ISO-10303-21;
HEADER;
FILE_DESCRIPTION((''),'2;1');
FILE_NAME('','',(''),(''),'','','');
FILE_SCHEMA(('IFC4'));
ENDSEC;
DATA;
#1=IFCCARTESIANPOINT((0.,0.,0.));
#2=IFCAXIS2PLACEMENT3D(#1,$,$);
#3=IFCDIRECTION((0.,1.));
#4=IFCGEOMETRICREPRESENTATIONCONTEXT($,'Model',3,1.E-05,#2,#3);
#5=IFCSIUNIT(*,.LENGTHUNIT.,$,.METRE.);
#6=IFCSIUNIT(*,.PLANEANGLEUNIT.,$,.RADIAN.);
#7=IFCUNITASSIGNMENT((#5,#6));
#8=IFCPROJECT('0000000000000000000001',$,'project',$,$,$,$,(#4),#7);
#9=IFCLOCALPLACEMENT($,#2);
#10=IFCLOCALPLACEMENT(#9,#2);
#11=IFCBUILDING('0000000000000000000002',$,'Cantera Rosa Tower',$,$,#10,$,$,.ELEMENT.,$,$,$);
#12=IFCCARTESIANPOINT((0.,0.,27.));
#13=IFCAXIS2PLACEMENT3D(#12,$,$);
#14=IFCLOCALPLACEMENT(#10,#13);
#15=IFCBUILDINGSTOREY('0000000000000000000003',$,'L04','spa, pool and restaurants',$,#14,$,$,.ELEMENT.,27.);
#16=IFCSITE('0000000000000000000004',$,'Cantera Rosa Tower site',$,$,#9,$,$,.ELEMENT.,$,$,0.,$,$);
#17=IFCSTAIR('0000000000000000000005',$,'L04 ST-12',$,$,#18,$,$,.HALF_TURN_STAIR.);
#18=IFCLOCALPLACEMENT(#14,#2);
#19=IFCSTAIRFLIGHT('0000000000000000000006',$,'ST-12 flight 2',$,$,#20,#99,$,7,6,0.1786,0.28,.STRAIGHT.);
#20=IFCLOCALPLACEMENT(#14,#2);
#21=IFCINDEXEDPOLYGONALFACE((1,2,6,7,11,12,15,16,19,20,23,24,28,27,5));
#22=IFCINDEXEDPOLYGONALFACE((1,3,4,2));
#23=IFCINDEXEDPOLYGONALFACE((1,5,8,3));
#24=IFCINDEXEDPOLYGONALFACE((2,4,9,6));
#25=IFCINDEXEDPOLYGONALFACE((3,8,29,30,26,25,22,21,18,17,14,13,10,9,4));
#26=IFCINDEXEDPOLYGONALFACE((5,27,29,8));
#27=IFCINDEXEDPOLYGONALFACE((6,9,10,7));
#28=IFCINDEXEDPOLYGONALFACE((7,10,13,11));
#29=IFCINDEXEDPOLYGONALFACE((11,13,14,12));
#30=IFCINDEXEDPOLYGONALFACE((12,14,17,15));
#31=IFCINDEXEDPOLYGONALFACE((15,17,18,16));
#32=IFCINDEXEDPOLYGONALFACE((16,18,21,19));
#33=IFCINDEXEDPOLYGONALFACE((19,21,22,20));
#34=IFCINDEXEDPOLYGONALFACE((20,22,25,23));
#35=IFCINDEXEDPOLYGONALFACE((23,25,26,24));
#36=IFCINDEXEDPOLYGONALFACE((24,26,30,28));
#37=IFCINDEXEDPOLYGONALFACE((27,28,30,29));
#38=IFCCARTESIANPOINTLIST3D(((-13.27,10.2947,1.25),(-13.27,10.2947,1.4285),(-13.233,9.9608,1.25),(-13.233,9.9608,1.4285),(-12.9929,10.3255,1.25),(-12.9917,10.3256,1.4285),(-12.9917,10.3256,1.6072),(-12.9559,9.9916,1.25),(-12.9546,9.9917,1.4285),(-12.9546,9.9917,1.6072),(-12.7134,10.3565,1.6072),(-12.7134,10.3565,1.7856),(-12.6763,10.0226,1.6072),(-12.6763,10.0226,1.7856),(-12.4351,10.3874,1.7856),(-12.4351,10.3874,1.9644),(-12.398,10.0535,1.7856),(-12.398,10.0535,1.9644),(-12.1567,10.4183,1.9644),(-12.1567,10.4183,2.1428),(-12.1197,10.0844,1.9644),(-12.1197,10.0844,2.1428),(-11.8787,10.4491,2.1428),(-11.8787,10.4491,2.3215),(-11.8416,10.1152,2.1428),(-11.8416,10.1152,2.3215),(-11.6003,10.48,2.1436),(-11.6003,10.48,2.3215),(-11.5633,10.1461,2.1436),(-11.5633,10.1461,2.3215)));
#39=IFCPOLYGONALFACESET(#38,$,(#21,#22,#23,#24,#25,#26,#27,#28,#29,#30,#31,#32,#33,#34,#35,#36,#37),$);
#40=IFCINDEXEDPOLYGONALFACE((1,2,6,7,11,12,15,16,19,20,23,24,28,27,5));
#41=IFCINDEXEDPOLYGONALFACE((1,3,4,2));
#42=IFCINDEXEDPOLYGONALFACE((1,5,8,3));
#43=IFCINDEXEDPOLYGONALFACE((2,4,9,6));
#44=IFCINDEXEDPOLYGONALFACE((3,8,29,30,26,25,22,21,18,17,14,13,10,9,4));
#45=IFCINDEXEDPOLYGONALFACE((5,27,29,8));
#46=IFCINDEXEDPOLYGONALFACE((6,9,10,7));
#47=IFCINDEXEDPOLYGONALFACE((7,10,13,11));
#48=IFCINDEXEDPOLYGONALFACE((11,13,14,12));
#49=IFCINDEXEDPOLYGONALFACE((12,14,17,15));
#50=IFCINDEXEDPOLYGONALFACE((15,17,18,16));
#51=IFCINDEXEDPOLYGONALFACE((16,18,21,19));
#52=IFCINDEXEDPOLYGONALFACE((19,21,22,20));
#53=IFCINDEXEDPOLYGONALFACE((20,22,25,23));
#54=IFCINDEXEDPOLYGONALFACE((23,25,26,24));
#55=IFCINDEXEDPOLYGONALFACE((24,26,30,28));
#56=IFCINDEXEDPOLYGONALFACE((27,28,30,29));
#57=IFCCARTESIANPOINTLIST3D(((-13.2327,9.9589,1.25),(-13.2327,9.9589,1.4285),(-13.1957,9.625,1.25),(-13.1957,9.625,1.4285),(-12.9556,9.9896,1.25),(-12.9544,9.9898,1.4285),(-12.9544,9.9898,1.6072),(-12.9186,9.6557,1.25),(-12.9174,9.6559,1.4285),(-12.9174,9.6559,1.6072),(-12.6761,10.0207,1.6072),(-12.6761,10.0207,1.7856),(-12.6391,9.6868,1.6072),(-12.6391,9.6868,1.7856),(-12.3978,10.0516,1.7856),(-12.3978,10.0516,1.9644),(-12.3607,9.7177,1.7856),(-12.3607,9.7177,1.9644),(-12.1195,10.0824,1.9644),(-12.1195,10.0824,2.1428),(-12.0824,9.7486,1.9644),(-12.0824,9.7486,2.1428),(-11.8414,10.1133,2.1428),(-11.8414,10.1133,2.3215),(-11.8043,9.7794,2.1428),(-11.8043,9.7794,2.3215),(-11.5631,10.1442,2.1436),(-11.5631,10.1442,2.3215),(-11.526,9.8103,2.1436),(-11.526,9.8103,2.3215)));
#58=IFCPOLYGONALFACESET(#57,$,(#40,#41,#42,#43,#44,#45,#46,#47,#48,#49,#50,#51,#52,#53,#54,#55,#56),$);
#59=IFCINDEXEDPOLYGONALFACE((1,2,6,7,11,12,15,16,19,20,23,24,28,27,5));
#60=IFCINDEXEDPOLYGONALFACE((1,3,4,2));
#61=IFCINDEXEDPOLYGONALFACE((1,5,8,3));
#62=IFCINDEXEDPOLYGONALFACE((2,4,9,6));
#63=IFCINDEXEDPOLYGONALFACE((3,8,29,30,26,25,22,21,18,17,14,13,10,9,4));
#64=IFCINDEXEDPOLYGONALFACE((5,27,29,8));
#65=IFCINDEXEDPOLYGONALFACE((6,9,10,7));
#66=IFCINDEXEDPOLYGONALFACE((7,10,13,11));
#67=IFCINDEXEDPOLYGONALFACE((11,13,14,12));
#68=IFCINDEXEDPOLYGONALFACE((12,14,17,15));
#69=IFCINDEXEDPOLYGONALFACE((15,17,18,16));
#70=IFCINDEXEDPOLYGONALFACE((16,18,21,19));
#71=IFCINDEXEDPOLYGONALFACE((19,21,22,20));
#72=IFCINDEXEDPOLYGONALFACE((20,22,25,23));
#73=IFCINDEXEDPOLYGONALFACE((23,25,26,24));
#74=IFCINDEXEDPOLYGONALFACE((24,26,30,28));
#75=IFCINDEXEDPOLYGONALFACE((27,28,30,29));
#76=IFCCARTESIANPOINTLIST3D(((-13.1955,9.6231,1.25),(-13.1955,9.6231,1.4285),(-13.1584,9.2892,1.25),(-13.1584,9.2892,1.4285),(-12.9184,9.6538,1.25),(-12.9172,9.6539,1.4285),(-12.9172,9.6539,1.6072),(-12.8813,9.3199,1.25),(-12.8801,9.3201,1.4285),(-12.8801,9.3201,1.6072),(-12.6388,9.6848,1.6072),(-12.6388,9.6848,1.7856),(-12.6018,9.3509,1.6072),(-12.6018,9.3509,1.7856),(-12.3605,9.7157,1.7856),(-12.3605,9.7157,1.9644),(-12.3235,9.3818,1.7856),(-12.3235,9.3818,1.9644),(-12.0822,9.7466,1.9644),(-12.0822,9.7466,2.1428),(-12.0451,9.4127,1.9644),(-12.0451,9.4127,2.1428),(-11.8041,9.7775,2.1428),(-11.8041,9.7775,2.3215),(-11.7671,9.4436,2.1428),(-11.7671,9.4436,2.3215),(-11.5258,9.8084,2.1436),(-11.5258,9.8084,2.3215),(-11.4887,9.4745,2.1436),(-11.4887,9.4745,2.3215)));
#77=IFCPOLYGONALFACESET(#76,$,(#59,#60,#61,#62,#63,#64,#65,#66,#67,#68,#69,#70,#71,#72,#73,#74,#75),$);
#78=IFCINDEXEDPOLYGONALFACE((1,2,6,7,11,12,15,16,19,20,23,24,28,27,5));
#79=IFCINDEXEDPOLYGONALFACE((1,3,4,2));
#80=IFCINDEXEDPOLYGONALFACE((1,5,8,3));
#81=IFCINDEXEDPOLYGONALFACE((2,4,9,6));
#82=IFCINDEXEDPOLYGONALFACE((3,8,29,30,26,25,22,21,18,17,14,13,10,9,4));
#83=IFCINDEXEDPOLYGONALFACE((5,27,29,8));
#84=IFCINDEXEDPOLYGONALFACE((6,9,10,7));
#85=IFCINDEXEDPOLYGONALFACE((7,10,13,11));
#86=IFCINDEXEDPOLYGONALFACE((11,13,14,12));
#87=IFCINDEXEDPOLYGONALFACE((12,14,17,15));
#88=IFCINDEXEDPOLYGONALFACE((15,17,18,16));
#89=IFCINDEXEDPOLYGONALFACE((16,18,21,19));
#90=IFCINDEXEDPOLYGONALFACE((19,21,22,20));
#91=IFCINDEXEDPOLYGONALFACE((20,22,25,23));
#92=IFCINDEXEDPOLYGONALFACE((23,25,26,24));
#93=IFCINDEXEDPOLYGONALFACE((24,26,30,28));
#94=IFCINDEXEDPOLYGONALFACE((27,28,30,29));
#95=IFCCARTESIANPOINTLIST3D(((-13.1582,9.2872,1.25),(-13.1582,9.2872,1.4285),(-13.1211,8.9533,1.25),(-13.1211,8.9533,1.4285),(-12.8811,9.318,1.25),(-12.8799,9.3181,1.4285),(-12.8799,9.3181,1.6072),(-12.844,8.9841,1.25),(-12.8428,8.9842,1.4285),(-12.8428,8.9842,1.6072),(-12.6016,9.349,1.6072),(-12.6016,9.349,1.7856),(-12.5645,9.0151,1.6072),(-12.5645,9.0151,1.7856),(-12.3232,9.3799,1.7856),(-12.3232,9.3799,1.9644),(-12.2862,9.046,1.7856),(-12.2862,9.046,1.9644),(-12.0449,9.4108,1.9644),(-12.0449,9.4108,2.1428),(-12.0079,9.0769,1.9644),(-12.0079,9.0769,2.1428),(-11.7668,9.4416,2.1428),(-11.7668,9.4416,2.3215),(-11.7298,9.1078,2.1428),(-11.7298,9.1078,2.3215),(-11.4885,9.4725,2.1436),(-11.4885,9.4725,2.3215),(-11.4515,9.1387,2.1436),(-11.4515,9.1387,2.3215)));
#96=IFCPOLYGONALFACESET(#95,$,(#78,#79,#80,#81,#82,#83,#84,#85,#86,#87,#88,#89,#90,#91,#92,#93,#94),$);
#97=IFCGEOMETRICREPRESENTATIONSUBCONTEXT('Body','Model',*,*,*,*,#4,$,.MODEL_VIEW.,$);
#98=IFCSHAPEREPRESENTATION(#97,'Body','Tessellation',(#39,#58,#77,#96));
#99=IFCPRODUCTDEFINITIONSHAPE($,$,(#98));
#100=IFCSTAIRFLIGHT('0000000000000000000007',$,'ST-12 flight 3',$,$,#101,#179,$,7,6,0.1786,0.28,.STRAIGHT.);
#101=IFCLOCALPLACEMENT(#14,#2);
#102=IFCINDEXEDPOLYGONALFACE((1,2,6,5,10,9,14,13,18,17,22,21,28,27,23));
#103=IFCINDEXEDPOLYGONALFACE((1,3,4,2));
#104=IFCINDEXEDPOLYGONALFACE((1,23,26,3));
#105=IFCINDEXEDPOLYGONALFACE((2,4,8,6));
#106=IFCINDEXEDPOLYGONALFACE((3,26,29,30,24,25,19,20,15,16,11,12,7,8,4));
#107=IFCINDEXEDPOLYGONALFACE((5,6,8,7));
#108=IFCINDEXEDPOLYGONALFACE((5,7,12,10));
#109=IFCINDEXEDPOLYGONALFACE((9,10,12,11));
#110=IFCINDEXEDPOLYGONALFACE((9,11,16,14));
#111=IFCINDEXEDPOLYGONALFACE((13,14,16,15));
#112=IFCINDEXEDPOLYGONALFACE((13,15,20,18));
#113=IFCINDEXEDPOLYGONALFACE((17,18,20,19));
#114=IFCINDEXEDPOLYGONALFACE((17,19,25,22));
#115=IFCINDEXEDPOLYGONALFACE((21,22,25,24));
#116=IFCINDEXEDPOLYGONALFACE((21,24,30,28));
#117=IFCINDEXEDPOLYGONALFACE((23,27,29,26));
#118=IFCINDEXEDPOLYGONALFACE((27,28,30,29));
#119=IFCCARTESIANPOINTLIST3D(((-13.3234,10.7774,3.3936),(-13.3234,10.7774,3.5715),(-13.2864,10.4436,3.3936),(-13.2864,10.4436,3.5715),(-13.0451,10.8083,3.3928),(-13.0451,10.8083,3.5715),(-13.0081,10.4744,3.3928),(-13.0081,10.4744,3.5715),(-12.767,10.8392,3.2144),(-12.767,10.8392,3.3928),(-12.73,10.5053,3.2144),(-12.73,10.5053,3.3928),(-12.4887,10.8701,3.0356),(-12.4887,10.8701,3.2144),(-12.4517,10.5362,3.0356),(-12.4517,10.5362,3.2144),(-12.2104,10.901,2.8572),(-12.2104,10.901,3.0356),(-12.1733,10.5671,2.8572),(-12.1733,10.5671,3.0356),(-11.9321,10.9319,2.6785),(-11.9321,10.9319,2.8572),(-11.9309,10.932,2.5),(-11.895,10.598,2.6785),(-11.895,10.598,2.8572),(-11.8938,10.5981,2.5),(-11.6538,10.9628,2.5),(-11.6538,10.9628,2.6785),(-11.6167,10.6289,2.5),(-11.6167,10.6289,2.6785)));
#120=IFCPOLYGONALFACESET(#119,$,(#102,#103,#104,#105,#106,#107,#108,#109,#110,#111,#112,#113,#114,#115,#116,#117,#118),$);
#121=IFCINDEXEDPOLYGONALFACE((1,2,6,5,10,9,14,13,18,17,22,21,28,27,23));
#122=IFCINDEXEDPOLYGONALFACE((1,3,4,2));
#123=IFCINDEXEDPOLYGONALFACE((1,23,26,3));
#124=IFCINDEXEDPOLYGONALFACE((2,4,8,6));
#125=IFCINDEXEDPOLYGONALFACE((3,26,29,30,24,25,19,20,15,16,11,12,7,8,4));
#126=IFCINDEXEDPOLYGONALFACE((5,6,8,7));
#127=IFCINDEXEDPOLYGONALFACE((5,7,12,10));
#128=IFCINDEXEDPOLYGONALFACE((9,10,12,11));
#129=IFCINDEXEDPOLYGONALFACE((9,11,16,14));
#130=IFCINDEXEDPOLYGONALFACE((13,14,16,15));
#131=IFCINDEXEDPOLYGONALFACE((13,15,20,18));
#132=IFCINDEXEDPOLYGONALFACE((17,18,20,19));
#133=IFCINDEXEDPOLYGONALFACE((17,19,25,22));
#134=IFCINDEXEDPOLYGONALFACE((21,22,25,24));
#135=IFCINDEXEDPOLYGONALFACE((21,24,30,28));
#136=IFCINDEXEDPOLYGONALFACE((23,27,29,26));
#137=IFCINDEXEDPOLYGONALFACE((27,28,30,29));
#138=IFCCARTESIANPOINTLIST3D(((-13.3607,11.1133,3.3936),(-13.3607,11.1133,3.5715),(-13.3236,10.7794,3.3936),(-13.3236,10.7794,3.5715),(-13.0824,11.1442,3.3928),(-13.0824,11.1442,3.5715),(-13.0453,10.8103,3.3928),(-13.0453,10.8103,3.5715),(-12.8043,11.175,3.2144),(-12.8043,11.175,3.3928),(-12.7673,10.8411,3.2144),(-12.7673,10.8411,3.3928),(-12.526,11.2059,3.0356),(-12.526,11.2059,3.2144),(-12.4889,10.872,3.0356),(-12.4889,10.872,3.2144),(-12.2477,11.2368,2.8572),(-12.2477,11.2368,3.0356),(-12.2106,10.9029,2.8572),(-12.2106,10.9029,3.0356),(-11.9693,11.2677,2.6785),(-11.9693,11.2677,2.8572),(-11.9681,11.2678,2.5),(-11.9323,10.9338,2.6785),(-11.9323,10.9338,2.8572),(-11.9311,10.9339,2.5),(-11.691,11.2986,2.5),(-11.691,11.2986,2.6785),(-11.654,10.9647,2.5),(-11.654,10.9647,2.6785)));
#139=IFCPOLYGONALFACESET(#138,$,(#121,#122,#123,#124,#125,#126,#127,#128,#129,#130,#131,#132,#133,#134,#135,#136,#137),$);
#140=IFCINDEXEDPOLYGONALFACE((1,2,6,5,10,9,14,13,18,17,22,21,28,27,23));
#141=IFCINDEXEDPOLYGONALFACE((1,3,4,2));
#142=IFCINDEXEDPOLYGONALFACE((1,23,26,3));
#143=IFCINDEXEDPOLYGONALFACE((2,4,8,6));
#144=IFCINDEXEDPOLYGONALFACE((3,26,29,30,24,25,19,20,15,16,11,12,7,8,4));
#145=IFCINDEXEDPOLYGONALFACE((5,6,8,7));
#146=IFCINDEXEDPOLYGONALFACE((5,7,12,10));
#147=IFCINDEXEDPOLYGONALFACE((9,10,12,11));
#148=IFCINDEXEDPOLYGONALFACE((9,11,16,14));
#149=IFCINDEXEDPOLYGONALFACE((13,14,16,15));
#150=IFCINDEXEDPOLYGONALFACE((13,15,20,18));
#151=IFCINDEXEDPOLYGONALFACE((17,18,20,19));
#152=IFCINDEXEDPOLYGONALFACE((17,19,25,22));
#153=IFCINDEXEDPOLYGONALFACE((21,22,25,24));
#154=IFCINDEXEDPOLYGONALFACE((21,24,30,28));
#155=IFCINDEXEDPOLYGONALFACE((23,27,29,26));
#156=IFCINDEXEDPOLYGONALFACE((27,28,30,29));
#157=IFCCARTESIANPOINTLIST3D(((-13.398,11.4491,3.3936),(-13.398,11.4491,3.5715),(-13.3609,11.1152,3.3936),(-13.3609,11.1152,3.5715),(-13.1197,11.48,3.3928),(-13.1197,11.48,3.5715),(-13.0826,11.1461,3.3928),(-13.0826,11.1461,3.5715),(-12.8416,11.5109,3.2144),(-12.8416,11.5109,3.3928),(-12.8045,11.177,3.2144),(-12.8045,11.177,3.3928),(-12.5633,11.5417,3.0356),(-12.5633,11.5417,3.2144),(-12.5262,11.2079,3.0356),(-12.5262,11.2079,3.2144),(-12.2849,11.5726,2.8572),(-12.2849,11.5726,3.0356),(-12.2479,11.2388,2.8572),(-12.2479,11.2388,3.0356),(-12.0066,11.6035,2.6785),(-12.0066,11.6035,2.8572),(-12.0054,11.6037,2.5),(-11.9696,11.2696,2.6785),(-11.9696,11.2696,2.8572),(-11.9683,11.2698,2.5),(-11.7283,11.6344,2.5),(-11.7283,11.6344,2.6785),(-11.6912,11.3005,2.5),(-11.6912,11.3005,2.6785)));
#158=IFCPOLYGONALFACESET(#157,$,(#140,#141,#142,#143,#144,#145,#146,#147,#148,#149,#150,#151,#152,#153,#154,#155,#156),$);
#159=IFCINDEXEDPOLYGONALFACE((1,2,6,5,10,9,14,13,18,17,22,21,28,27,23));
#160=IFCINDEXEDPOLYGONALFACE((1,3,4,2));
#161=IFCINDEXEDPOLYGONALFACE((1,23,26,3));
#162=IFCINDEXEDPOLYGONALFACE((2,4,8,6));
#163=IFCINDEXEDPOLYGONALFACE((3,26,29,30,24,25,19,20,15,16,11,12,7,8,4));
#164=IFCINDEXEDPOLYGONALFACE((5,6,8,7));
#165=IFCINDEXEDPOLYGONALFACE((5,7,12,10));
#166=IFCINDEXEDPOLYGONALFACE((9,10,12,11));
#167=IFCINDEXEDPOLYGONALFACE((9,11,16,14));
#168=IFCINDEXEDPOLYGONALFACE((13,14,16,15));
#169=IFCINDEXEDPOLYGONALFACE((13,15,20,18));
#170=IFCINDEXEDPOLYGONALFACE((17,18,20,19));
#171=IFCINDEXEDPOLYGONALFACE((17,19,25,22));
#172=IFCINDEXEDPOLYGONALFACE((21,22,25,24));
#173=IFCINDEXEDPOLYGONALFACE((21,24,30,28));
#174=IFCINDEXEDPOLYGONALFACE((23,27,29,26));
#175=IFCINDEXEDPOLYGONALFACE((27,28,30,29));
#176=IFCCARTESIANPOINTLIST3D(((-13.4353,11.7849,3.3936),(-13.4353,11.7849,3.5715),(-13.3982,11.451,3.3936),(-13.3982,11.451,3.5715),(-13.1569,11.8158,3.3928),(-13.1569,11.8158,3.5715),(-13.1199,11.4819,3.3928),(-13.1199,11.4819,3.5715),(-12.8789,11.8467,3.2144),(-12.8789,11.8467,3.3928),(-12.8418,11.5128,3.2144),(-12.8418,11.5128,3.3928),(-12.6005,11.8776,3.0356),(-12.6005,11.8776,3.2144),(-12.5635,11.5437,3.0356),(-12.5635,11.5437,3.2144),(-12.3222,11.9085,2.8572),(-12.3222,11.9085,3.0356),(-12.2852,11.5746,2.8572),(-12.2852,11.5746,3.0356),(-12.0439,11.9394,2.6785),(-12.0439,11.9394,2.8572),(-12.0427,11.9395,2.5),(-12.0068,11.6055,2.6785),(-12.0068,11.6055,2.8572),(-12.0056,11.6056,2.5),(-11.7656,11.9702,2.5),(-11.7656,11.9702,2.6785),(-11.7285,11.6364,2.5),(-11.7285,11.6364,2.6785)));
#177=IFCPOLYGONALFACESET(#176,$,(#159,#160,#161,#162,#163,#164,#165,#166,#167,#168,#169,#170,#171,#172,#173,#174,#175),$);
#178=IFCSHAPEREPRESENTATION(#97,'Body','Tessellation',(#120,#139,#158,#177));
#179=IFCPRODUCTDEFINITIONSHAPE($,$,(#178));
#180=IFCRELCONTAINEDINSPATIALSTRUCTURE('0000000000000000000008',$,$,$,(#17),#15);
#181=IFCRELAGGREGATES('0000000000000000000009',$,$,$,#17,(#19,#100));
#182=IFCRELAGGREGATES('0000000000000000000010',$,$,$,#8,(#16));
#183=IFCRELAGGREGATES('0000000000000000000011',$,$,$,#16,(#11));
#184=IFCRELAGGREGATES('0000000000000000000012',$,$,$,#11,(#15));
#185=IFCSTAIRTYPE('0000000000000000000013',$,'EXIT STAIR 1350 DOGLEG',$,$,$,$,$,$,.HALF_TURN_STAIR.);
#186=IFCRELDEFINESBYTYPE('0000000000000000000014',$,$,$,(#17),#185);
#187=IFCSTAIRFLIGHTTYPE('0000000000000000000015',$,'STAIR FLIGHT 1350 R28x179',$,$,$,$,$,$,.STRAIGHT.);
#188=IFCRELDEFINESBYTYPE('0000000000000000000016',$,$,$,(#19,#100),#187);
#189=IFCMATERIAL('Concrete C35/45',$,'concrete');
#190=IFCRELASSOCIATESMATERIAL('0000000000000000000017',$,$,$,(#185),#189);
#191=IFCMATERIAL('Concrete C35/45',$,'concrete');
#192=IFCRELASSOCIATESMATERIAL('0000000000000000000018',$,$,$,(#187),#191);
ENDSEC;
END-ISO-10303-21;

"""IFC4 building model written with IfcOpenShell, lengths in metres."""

from ifc_helpers import new_model, si_unit, direction, frame, origin, place, context, subcontext, project, spatial, polyline, outline, extrude, material, type_object, element, aggregate, save


model = new_model("IFC4")

# Units and contexts
model_context = context("Model", 3, precision=1e-05, world=origin(), true_north=direction((0.0, 1.0)))
body_context = subcontext(model_context, "Body", "Model", "MODEL_VIEW")
ifc_project = project(units=[si_unit("LENGTHUNIT", "METRE"), si_unit("PLANEANGLEUNIT", "RADIAN")], contexts=[model_context])

# Site, building, storey
site_placement = place(None, origin())
site = spatial("IfcSite", under=ifc_project, at=site_placement, Name="Cantera Rosa Tower site", CompositionType="ELEMENT", RefElevation=0.0)
building_placement = place(site_placement, origin())
building = spatial("IfcBuilding", under=site, at=building_placement, Name="Cantera Rosa Tower", CompositionType="ELEMENT")
storey_placement = place(building_placement, frame((0.0, 0.0, 27.0)))
storey = spatial("IfcBuildingStorey", under=building, at=storey_placement, Name="L04", Description="spa, pool and restaurants", CompositionType="ELEMENT", Elevation=27.0)

# Stair, stair flights
ifc_material_1 = material(Name="Concrete C35/45", Category="concrete")
stair_type = type_object("IfcStairType", Name="EXIT STAIR 1350 DOGLEG", PredefinedType="HALF_TURN_STAIR", material=ifc_material_1)
stair_placement = place(storey_placement, origin())
stair = element("IfcStair", 1, at=stair_placement, inside=storey, type_object=stair_type, Name="L04 ST-12", PredefinedType="HALF_TURN_STAIR")
ifc_material_2 = material(Name="Concrete C35/45", Category="concrete")
stair_flight_type = type_object("IfcStairFlightType", Name="STAIR FLIGHT 1350 R28x179", PredefinedType="STRAIGHT", material=ifc_material_2)
stair_flight_1_placement = place(storey_placement, frame((-13.1956, 9.6238, 1.25), z_axis=(0.0, 0.0, 1.0), x_axis=(0.993897, 0.110313, 0.0)))
stair_flight_1 = element("IfcStairFlight", 2, at=stair_flight_1_placement, type_object=stair_flight_type, Name="ST-12 flight 2", NumberOfRisers=7, NumberOfTreads=6, PredefinedType="STRAIGHT", RiserHeight=0.1786, TreadLength=0.28, context=body_context, shape_type="SweptSolid", body=[
    extrude(outline(polyline([(0.0, 0.0), (0.0, 0.1785), (0.28, 0.1785), (0.28, 0.3572), (0.5601, 0.3572), (0.5601, 0.5356), (0.8401, 0.5356), (0.8401, 0.7144), (1.1201, 0.7144), (1.1201, 0.8928), (1.3999, 0.8928), (1.3999, 1.0715), (1.6799, 1.0715), (1.6799, 1.25), (1.6799, 0.8936), (0.2788, 0.0), (0.0, 0.0)])), frame((0.0, 0.675, 0.0), z_axis=(0.0, -1.0, 0.0), x_axis=(1.0, 0.0, 0.0)), (0.0, 0.0, 1.0), 0.3359),
    extrude(outline(polyline([(0.0, 0.0), (0.0, 0.1785), (0.28, 0.1785), (0.28, 0.3572), (0.5601, 0.3572), (0.5601, 0.5356), (0.8401, 0.5356), (0.8401, 0.7144), (1.1201, 0.7144), (1.1201, 0.8928), (1.3999, 0.8928), (1.3999, 1.0715), (1.6799, 1.0715), (1.6799, 1.25), (1.6799, 0.8936), (0.2788, 0.0), (0.0, 0.0)])), frame((0.0, 0.3372, 0.0), z_axis=(0.0, -1.0, 0.0), x_axis=(1.0, 0.0, 0.0)), (0.0, 0.0, 1.0), 0.3359),
    extrude(outline(polyline([(0.0, 0.0), (0.0, 0.1785), (0.28, 0.1785), (0.28, 0.3572), (0.5601, 0.3572), (0.5601, 0.5356), (0.8401, 0.5356), (0.8401, 0.7144), (1.1201, 0.7144), (1.1201, 0.8928), (1.3999, 0.8928), (1.3999, 1.0715), (1.6799, 1.0715), (1.6799, 1.25), (1.6799, 0.8936), (0.2788, 0.0), (0.0, 0.0)])), frame((0.0, -0.0007, 0.0), z_axis=(0.0, -1.0, 0.0), x_axis=(1.0, 0.0, 0.0)), (0.0, 0.0, 1.0), 0.3359),
    extrude(outline(polyline([(0.0, 0.0), (0.0, 0.1785), (0.28, 0.1785), (0.28, 0.3572), (0.5601, 0.3572), (0.5601, 0.5356), (0.8401, 0.5356), (0.8401, 0.7144), (1.1201, 0.7144), (1.1201, 0.8928), (1.3999, 0.8928), (1.3999, 1.0715), (1.6799, 1.0715), (1.6799, 1.25), (1.6799, 0.8936), (0.2788, 0.0), (0.0, 0.0)])), frame((0.0, -0.3386, 0.0), z_axis=(0.0, -1.0, 0.0), x_axis=(1.0, 0.0, 0.0)), (0.0, 0.0, 1.0), 0.3359),
])
stair_flight_2_placement = place(storey_placement, frame((-11.6912, 11.2998, 2.5), z_axis=(0.0, 0.0, 1.0), x_axis=(-0.993897, -0.110313, 0.0)))
stair_flight_2 = element("IfcStairFlight", 3, at=stair_flight_2_placement, type_object=stair_flight_type, Name="ST-12 flight 3", NumberOfRisers=7, NumberOfTreads=6, PredefinedType="STRAIGHT", RiserHeight=0.1786, TreadLength=0.28, context=body_context, shape_type="SweptSolid", body=[
    extrude(outline(polyline([(0.0, 0.0), (0.0, 0.1785), (0.28, 0.1785), (0.28, 0.3572), (0.5601, 0.3572), (0.5601, 0.5356), (0.8401, 0.5356), (0.8401, 0.7144), (1.1201, 0.7144), (1.1201, 0.8928), (1.3999, 0.8928), (1.3999, 1.0715), (1.6799, 1.0715), (1.6799, 1.25), (1.6799, 0.8936), (0.2788, 0.0), (0.0, 0.0)])), frame((0.0, 0.675, 0.0), z_axis=(0.0, -1.0, 0.0), x_axis=(1.0, 0.0, 0.0)), (0.0, 0.0, 1.0), 0.3359),
    extrude(outline(polyline([(0.0, 0.0), (0.0, 0.1785), (0.28, 0.1785), (0.28, 0.3572), (0.5601, 0.3572), (0.5601, 0.5356), (0.8401, 0.5356), (0.8401, 0.7144), (1.1201, 0.7144), (1.1201, 0.8928), (1.3999, 0.8928), (1.3999, 1.0715), (1.6799, 1.0715), (1.6799, 1.25), (1.6799, 0.8936), (0.2788, 0.0), (0.0, 0.0)])), frame((0.0, 0.3372, 0.0), z_axis=(0.0, -1.0, 0.0), x_axis=(1.0, 0.0, 0.0)), (0.0, 0.0, 1.0), 0.3359),
    extrude(outline(polyline([(0.0, 0.0), (0.0, 0.1785), (0.28, 0.1785), (0.28, 0.3572), (0.5601, 0.3572), (0.5601, 0.5356), (0.8401, 0.5356), (0.8401, 0.7144), (1.1201, 0.7144), (1.1201, 0.8928), (1.3999, 0.8928), (1.3999, 1.0715), (1.6799, 1.0715), (1.6799, 1.25), (1.6799, 0.8936), (0.2788, 0.0), (0.0, 0.0)])), frame((0.0, -0.0007, 0.0), z_axis=(0.0, -1.0, 0.0), x_axis=(1.0, 0.0, 0.0)), (0.0, 0.0, 1.0), 0.3359),
    extrude(outline(polyline([(0.0, 0.0), (0.0, 0.1785), (0.28, 0.1785), (0.28, 0.3572), (0.5601, 0.3572), (0.5601, 0.5356), (0.8401, 0.5356), (0.8401, 0.7144), (1.1201, 0.7144), (1.1201, 0.8928), (1.3999, 0.8928), (1.3999, 1.0715), (1.6799, 1.0715), (1.6799, 1.25), (1.6799, 0.8936), (0.2788, 0.0), (0.0, 0.0)])), frame((0.0, -0.3386, 0.0), z_axis=(0.0, -1.0, 0.0), x_axis=(1.0, 0.0, 0.0)), (0.0, 0.0, 1.0), 0.3359),
])
aggregate(stair, [stair_flight_1, stair_flight_2])

save(model, "model.ifc")
